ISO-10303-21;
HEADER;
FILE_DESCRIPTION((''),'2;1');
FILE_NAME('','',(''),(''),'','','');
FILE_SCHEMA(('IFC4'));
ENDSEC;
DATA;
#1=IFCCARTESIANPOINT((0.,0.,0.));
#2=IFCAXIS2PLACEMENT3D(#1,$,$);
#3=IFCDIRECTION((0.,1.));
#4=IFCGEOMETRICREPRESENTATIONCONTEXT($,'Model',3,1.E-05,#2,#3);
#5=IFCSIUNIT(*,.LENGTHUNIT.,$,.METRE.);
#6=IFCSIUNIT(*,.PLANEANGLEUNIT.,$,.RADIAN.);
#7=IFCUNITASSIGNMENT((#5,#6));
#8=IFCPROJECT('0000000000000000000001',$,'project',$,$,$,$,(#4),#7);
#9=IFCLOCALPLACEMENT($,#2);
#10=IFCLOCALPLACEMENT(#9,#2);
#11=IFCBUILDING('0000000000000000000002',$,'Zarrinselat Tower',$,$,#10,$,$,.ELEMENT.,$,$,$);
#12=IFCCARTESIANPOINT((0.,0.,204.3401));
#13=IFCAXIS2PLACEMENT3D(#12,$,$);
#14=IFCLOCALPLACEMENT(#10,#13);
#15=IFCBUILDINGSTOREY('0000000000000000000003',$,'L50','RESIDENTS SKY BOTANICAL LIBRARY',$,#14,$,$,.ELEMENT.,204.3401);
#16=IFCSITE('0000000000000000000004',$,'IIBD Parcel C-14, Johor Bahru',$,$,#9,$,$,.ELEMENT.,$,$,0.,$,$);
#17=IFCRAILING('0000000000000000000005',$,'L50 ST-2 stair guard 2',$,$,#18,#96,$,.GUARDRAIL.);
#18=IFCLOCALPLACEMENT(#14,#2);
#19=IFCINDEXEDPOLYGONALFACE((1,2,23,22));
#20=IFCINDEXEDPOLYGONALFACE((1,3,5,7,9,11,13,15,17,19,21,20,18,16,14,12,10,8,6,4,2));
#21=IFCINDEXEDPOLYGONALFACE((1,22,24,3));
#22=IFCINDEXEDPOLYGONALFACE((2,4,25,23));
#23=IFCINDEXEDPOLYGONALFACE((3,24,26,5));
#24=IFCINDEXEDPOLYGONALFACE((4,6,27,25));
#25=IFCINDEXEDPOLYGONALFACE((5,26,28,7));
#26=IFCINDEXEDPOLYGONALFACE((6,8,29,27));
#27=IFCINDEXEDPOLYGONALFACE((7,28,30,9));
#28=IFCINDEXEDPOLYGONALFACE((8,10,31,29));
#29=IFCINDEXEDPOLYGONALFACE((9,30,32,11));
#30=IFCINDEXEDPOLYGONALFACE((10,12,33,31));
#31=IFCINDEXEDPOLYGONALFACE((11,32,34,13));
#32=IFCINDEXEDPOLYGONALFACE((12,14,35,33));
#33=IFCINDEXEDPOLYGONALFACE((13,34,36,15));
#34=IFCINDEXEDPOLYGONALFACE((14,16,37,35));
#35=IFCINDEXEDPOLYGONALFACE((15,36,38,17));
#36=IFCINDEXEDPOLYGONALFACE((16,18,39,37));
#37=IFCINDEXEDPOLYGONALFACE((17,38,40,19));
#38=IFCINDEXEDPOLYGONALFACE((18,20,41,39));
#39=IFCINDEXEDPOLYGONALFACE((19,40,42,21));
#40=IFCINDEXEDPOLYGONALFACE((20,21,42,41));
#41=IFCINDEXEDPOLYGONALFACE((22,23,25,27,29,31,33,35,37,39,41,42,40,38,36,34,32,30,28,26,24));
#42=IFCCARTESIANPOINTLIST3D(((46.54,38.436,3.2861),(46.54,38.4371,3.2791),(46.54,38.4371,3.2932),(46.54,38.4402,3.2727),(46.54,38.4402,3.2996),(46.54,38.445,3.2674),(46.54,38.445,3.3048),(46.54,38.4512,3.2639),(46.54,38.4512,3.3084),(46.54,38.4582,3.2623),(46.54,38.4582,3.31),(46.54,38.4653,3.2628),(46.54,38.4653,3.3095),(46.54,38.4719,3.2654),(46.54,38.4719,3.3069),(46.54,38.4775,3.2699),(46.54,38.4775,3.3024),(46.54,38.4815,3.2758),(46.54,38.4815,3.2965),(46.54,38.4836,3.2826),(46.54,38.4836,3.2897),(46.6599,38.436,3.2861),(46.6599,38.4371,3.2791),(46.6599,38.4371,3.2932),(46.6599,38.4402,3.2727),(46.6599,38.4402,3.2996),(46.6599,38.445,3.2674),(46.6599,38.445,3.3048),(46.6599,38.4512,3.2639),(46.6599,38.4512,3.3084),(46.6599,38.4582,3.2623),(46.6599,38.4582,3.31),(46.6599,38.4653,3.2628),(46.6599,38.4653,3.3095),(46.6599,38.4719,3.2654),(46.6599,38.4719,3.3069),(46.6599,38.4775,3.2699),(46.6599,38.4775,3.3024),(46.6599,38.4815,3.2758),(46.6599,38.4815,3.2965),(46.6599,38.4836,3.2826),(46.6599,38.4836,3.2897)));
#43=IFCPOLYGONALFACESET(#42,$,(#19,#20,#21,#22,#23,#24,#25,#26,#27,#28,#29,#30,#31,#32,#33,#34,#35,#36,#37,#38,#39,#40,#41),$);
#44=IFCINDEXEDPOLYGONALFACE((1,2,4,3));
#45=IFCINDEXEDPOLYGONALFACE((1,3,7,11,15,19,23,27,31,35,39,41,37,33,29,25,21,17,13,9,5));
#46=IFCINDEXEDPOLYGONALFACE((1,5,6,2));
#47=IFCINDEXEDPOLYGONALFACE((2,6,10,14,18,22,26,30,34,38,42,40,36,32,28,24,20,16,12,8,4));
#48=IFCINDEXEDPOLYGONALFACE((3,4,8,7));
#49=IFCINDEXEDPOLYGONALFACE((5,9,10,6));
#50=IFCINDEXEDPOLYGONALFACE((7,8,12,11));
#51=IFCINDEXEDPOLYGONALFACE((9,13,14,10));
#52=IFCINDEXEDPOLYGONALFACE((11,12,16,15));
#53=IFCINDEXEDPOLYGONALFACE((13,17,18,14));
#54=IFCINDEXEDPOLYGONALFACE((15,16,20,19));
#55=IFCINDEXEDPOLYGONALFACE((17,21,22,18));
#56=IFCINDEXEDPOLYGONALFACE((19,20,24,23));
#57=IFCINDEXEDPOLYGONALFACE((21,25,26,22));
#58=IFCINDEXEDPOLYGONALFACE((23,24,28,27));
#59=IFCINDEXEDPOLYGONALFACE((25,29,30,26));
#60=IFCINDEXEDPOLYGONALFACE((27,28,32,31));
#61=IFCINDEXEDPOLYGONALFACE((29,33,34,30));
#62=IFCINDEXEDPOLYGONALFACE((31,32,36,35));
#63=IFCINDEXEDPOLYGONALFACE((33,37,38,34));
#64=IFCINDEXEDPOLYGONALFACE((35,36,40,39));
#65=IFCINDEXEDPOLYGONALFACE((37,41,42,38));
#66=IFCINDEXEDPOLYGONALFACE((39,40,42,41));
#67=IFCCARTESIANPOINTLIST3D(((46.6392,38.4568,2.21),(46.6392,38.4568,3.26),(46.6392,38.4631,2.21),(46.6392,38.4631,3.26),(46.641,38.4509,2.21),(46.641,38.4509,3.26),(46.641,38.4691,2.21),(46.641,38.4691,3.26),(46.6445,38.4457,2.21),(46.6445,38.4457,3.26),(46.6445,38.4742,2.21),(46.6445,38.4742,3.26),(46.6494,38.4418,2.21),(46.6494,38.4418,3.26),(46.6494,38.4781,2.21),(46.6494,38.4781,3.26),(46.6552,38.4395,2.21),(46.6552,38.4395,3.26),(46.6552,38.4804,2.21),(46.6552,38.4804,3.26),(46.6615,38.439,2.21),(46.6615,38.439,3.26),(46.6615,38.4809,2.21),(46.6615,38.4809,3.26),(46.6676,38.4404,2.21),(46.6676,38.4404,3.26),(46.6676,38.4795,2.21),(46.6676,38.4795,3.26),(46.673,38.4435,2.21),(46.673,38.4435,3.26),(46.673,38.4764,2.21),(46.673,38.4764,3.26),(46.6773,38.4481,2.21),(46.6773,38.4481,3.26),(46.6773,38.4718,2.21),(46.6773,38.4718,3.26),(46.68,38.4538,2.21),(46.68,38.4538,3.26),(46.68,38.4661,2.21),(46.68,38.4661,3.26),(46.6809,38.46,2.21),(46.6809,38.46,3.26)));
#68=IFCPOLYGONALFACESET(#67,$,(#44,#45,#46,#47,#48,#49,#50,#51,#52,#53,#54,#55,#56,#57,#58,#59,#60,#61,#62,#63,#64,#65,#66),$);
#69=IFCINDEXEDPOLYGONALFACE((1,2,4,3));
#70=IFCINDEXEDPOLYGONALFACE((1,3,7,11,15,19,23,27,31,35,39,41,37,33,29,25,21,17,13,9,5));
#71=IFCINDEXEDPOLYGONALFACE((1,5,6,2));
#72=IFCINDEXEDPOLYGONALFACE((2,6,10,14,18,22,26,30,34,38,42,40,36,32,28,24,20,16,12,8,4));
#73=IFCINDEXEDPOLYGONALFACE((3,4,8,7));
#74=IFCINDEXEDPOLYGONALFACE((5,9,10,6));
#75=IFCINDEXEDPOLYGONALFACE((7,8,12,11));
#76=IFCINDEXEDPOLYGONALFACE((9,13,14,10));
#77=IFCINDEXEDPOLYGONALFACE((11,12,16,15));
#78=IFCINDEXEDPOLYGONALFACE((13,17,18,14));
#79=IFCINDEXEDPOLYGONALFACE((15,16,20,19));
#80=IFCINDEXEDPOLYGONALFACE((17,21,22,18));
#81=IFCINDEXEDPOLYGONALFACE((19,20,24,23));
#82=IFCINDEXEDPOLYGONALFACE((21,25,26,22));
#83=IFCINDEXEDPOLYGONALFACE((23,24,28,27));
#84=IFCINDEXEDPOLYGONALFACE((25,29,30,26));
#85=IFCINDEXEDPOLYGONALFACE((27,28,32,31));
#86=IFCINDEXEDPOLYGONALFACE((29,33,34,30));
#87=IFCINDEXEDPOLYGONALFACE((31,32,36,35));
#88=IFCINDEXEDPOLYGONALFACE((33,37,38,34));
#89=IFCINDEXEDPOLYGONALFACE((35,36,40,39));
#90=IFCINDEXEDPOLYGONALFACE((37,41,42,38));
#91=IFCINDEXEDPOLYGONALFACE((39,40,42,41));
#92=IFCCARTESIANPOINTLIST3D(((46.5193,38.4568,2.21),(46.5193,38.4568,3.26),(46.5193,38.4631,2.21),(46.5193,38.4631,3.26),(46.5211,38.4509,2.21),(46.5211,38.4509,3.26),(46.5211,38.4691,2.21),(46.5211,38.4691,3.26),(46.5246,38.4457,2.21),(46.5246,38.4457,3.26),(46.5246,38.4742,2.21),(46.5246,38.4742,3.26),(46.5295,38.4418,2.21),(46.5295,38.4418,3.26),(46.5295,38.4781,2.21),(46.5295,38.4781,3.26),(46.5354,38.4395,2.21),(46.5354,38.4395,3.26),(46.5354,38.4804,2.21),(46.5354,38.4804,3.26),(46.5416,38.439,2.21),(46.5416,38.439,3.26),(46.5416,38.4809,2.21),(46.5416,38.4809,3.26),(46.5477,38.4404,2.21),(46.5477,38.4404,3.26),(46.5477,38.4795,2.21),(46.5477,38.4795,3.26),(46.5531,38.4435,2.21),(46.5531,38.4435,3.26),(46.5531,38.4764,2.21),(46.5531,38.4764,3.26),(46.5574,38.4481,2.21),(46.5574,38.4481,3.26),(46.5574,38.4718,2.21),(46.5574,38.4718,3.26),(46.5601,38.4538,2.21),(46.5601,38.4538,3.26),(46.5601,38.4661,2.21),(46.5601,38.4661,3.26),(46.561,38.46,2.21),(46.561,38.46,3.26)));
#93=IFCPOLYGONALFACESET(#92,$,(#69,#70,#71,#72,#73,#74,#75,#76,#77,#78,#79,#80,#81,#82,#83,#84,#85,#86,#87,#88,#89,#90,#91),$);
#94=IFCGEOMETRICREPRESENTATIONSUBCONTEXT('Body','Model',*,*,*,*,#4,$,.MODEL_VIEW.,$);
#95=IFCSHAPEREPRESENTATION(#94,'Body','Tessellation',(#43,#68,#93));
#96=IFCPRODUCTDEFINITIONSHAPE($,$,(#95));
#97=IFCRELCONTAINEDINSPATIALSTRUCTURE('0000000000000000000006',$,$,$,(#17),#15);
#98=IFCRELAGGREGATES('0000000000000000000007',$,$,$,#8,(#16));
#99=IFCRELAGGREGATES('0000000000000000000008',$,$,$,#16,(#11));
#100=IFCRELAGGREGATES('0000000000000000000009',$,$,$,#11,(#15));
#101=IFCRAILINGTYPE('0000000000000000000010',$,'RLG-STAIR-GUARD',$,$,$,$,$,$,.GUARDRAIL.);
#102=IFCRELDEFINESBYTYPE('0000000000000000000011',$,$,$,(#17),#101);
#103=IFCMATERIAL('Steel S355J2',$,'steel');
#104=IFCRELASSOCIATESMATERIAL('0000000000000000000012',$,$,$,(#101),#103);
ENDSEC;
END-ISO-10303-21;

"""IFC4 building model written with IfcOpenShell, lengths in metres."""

from ifc_helpers import new_model, si_unit, direction, frame, origin, origin_2d, place, context, subcontext, project, spatial, circle, extrude, material, type_object, element, save


model = new_model("IFC4")

# Units and contexts
model_context = context("Model", 3, precision=1e-05, world=origin(), true_north=direction((0.0, 1.0)))
body_context = subcontext(model_context, "Body", "Model", "MODEL_VIEW")
ifc_project = project(units=[si_unit("LENGTHUNIT", "METRE"), si_unit("PLANEANGLEUNIT", "RADIAN")], contexts=[model_context])

# Site, building, storey
site_placement = place(None, origin())
site = spatial("IfcSite", under=ifc_project, at=site_placement, Name="IIBD Parcel C-14, Johor Bahru", CompositionType="ELEMENT", RefElevation=0.0)
building_placement = place(site_placement, origin())
building = spatial("IfcBuilding", under=site, at=building_placement, Name="Zarrinselat Tower", CompositionType="ELEMENT")
storey_placement = place(building_placement, frame((0.0, 0.0, 204.3401)))
storey = spatial("IfcBuildingStorey", under=building, at=storey_placement, Name="L50", Description="RESIDENTS SKY BOTANICAL LIBRARY", CompositionType="ELEMENT", Elevation=204.3401)

# Railing
ifc_material_1 = material(Name="Steel S355J2", Category="steel")
railing_type = type_object("IfcRailingType", Name="RLG-STAIR-GUARD", PredefinedType="GUARDRAIL", material=ifc_material_1)
railing_1_placement = place(storey_placement, frame((46.6599, 38.46, 2.21)))
element("IfcRailing", 1, at=railing_1_placement, inside=storey, type_object=railing_type, Name="L50 ST-2 stair guard 2", PredefinedType="GUARDRAIL", context=body_context, shape_type="SweptSolid", body=[
    extrude(circle(Radius=0.0239, at=origin_2d()), frame((0.0, 0.0, 1.0762), z_axis=(-1.0, 0.0, 0.0), x_axis=(0.0, -1.0, 0.0)), (0.0, 0.0, 1.0), 0.1199),
    extrude(circle(Radius=0.021, at=origin_2d()), origin(), (0.0, 0.0, 1.0), 1.05),
    extrude(circle(Radius=0.021, at=origin_2d()), frame((-0.1199, 0.0, 0.0)), (0.0, 0.0, 1.0), 1.05),
])

save(model, "model.ifc")
